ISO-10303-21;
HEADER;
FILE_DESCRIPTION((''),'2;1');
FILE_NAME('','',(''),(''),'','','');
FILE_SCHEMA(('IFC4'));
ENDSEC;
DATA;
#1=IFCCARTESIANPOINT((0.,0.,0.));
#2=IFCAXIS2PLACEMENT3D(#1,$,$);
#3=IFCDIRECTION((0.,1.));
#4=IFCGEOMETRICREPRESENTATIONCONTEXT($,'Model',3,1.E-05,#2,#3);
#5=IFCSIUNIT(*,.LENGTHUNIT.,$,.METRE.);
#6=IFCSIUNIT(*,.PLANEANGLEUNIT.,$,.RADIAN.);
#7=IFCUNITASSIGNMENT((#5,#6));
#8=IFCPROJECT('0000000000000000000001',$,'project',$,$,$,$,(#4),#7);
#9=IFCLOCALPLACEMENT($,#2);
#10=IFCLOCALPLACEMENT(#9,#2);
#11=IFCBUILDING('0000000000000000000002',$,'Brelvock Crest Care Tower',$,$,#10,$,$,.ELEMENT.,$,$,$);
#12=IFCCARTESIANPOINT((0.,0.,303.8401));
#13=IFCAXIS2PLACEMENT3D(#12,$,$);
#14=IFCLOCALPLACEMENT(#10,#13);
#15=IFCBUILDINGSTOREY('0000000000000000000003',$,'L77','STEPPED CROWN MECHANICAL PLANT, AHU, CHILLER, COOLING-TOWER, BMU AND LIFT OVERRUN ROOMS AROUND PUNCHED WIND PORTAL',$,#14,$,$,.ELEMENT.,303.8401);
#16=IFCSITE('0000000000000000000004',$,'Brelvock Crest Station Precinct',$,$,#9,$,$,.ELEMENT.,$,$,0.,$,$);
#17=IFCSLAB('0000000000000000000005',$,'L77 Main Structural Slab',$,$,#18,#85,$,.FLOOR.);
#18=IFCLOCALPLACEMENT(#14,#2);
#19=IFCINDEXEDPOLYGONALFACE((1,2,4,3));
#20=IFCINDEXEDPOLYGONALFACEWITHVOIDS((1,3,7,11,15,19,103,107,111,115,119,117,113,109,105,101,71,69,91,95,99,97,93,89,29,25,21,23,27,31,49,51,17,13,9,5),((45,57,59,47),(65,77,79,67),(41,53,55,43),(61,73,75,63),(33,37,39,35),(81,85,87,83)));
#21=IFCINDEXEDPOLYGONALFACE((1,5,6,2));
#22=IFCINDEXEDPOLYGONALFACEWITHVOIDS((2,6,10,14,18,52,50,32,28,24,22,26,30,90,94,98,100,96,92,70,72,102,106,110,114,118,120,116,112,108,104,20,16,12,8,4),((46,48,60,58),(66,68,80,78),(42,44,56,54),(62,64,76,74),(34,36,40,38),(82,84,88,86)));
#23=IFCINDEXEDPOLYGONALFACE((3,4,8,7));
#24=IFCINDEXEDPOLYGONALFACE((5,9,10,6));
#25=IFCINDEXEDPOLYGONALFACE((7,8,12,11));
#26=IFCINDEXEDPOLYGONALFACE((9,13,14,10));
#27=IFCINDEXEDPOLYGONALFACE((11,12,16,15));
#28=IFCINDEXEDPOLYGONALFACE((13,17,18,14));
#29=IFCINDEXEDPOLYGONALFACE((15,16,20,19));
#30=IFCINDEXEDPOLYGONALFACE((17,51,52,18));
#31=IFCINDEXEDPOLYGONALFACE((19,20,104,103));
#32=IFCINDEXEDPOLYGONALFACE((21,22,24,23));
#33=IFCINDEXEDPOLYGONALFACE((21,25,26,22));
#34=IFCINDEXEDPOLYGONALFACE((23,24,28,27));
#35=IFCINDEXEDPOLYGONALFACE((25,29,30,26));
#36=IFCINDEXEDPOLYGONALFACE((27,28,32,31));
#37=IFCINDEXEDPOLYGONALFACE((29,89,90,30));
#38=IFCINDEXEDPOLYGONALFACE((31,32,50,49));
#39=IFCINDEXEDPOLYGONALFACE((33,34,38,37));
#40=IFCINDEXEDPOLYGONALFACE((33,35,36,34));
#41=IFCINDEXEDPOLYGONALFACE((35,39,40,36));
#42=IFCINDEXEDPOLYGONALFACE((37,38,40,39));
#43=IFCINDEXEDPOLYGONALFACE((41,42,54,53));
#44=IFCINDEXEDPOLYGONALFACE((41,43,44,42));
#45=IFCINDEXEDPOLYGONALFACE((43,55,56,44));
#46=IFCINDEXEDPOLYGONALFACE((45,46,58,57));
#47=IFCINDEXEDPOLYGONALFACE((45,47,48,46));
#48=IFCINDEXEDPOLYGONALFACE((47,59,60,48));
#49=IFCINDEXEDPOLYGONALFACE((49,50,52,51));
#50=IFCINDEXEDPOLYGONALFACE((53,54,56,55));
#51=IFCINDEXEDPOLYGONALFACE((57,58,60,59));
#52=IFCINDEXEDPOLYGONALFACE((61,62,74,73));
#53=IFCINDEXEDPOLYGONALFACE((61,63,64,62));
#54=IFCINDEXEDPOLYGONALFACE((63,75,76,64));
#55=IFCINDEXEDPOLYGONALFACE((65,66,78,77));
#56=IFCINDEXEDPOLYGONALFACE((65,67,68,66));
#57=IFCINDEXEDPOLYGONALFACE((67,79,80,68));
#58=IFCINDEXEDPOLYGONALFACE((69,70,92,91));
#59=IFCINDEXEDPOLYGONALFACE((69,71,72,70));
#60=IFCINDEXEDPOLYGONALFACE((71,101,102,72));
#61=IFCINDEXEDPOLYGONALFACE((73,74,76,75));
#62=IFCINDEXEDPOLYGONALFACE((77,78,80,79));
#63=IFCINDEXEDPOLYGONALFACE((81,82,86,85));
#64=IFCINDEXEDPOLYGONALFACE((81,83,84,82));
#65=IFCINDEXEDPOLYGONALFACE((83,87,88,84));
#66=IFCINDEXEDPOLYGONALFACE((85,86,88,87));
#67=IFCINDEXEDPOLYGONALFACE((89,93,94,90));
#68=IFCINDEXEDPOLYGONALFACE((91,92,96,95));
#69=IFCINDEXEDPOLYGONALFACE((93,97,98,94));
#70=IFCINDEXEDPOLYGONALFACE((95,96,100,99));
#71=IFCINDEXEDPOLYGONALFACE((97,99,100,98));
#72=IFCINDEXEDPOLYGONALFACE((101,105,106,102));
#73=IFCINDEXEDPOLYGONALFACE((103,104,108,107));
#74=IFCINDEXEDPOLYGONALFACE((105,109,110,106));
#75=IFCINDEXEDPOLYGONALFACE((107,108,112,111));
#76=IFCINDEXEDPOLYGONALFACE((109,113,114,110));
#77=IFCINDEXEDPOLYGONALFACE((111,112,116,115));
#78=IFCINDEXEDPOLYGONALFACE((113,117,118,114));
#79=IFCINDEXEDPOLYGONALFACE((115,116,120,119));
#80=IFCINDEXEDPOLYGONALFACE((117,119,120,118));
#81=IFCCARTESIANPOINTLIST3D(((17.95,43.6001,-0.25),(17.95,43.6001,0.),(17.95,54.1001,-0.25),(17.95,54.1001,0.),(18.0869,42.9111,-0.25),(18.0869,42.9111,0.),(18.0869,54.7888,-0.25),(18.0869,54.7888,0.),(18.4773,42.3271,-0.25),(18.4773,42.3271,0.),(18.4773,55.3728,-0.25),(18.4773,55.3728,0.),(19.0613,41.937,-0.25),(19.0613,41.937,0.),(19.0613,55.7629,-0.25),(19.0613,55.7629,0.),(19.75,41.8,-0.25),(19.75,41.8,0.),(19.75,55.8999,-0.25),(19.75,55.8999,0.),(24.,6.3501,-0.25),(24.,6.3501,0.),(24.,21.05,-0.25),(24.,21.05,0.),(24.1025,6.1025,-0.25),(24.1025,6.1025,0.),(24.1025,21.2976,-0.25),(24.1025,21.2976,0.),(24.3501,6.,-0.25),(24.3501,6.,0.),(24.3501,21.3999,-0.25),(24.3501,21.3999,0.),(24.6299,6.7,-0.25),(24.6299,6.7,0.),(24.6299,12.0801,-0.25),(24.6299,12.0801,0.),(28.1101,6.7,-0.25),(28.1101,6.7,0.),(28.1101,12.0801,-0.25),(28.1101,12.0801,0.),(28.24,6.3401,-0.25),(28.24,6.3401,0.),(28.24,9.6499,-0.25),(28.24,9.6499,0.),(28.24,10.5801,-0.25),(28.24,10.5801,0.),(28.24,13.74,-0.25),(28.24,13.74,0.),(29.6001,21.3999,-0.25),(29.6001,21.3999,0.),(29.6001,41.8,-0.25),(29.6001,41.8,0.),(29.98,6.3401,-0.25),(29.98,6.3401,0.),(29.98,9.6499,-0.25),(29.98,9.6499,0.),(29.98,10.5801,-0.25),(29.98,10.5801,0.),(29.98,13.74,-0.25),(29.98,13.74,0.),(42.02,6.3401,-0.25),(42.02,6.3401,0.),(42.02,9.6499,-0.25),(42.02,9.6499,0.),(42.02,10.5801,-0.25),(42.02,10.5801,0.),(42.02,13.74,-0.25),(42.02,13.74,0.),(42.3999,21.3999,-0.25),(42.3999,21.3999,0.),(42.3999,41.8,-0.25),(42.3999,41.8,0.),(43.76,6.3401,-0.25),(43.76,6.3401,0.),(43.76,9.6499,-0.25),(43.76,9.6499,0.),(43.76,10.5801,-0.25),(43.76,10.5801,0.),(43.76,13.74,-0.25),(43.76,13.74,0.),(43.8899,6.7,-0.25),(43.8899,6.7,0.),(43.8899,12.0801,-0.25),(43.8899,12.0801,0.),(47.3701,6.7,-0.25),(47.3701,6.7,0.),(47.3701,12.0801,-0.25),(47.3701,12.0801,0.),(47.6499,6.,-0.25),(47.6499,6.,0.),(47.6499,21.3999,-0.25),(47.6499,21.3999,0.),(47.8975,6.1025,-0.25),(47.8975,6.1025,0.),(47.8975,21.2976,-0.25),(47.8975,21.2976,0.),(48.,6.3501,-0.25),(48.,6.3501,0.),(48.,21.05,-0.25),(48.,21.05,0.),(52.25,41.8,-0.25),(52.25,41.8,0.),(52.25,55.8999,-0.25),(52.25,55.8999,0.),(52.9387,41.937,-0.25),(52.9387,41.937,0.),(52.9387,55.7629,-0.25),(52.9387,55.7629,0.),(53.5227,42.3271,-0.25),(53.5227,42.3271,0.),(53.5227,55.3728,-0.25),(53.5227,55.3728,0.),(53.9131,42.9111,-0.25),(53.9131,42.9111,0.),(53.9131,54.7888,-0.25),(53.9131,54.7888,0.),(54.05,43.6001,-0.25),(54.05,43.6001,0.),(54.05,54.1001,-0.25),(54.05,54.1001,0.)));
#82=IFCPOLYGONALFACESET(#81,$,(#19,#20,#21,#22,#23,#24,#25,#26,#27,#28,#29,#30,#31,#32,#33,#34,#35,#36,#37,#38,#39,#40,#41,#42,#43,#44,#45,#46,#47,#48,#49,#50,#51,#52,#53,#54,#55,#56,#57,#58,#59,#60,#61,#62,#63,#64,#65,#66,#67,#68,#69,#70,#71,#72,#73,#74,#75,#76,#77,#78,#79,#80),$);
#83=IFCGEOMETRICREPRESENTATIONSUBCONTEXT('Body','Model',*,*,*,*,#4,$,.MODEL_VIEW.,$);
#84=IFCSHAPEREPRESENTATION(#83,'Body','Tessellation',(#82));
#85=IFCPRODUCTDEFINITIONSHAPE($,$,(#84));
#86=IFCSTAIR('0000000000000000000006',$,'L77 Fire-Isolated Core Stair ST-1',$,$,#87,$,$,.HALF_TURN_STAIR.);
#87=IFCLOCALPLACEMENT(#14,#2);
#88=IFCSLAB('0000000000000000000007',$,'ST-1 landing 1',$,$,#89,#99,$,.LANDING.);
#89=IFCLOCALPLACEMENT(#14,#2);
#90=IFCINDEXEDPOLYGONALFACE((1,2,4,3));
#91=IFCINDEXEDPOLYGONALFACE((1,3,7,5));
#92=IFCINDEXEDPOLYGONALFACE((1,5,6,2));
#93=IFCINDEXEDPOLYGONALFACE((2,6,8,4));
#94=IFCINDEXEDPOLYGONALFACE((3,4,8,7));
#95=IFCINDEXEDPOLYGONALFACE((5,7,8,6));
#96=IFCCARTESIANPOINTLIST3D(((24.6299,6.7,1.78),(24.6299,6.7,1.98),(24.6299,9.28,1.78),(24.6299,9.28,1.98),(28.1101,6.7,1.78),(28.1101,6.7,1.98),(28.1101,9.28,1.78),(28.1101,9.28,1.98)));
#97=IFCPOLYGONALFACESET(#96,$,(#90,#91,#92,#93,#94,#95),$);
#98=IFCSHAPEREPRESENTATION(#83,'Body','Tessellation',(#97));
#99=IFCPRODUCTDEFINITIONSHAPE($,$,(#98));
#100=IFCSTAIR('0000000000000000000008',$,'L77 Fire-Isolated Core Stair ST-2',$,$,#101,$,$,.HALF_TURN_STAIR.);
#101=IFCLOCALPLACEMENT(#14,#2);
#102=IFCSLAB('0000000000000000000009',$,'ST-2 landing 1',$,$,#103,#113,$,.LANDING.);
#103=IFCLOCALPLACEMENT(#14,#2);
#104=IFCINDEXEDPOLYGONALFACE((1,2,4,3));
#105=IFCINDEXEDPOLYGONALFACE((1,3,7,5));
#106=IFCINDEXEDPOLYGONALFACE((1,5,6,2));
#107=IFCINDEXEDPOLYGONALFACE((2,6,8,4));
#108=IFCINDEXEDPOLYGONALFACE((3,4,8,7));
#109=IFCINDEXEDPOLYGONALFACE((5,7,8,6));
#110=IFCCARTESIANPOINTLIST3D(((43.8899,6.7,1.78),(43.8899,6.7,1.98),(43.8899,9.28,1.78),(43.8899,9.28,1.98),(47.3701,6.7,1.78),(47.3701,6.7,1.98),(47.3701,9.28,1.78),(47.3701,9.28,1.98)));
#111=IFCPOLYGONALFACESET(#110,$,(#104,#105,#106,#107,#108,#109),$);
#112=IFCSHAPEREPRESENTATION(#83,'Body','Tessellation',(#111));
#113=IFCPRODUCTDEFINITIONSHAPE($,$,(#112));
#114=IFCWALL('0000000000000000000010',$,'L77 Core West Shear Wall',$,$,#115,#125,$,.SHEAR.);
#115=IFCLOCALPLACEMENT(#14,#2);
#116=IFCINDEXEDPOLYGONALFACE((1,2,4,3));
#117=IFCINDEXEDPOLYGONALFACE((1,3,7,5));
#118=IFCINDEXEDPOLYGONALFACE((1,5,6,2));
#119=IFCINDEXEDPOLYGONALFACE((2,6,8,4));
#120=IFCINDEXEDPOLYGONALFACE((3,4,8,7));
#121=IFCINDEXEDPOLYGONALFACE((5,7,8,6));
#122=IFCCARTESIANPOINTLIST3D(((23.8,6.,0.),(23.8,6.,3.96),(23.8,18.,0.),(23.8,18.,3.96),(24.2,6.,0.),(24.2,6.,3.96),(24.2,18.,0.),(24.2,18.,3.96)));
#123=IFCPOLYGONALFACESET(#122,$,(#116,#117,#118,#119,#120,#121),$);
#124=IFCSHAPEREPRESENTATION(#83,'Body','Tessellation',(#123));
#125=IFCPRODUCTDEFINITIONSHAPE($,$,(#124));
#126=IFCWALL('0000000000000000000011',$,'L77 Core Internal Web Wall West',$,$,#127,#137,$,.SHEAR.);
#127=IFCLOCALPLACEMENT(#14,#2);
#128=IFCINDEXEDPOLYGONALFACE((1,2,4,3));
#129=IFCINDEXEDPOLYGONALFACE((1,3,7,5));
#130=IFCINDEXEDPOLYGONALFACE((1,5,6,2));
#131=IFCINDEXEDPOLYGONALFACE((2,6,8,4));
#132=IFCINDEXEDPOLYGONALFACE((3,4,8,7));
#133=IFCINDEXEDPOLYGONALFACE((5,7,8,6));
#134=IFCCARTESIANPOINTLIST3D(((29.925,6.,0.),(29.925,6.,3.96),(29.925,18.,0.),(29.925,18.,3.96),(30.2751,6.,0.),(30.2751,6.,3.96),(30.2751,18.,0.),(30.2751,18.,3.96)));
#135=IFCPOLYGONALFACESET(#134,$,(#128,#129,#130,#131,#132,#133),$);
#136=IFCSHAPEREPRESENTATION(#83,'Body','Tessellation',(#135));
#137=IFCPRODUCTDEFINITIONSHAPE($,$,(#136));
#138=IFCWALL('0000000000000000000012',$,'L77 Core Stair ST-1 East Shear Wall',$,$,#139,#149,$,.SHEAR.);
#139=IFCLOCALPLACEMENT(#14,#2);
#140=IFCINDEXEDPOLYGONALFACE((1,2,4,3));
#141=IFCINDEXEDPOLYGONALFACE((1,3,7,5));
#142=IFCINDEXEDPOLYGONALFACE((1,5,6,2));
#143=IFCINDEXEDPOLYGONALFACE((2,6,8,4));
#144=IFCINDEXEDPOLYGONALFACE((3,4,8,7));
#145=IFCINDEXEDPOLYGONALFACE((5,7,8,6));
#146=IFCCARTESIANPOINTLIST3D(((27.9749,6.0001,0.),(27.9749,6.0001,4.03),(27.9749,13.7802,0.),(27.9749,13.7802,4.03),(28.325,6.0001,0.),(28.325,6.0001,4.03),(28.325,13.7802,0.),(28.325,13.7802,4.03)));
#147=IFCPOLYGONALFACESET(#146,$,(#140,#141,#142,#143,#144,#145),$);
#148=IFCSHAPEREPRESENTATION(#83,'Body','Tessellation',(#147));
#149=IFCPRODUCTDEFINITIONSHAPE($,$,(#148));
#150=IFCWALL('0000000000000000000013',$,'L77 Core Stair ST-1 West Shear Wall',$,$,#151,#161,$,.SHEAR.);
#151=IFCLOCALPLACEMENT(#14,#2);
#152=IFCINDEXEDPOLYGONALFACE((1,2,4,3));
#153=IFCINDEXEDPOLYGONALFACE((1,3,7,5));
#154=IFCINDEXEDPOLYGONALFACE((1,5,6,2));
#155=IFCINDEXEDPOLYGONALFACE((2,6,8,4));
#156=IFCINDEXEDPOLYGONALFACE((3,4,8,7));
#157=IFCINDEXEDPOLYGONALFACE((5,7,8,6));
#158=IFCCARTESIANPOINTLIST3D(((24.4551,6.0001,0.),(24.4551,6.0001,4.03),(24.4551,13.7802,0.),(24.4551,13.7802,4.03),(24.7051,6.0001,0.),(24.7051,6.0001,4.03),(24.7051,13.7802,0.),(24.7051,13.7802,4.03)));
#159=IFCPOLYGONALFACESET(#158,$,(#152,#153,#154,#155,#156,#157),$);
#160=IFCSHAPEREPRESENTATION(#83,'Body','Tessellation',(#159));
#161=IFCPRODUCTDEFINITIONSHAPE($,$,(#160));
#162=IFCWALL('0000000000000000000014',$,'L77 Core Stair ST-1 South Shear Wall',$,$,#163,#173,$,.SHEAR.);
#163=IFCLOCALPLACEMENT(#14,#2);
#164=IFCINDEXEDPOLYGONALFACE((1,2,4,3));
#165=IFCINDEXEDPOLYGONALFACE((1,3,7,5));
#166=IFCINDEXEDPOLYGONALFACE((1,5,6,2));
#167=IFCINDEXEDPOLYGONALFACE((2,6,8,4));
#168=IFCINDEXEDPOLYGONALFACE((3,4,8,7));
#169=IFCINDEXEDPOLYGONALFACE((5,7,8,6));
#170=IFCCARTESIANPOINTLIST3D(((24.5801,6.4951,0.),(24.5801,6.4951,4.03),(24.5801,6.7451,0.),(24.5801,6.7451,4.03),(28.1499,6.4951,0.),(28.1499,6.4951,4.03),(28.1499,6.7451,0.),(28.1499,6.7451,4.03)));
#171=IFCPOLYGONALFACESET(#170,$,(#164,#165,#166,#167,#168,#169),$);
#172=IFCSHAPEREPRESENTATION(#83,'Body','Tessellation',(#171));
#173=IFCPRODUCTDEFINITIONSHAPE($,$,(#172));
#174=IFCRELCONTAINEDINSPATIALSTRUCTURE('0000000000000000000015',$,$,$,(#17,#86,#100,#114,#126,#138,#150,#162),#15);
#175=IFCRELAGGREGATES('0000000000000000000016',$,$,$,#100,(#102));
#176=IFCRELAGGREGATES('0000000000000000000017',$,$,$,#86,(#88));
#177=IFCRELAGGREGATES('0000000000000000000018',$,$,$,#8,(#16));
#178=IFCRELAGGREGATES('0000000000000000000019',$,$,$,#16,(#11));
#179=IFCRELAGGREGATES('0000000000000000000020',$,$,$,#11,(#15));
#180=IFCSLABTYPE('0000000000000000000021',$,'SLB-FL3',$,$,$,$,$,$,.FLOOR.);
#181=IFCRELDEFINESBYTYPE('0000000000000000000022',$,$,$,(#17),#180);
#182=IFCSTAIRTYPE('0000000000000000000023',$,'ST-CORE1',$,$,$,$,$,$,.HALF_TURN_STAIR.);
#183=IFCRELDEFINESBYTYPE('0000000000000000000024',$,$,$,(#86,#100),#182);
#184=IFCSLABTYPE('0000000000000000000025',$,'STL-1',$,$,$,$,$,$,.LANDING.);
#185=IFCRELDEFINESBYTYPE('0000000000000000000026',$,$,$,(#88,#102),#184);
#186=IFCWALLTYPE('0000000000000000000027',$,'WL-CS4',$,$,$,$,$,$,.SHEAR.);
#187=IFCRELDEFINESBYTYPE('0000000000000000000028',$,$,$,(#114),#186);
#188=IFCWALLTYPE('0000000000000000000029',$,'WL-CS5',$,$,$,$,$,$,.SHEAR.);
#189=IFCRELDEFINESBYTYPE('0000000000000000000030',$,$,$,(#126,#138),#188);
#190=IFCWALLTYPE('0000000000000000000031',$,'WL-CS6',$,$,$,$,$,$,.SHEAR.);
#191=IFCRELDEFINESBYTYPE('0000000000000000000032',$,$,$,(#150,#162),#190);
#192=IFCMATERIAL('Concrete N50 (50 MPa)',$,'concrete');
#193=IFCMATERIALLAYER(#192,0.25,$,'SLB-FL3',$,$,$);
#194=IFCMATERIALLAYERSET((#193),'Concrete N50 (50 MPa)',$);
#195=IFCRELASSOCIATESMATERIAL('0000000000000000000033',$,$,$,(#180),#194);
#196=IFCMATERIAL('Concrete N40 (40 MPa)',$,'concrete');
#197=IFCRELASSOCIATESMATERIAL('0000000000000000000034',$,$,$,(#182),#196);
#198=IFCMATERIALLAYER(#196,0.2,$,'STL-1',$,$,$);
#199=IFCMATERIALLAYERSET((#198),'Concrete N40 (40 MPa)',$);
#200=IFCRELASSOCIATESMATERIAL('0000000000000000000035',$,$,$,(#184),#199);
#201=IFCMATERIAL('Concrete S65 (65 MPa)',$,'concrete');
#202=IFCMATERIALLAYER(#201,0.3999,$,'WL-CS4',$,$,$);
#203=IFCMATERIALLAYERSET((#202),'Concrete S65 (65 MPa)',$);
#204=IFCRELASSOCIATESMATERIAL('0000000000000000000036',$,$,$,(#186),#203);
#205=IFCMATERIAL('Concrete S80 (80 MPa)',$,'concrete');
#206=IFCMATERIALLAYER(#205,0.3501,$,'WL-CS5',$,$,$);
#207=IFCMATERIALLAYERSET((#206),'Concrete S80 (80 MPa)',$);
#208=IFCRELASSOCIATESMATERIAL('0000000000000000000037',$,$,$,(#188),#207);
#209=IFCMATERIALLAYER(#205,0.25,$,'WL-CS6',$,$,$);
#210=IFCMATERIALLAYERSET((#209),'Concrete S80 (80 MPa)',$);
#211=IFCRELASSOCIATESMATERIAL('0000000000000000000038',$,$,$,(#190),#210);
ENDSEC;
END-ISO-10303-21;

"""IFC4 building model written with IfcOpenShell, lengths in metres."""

from ifc_helpers import new_model, si_unit, direction, frame, frame_2d, origin, place, context, subcontext, project, spatial, polyline, rectangle, outline, extrude, material, layer, layer_set, type_object, element, aggregate, save


model = new_model("IFC4")

# Units and contexts
model_context = context("Model", 3, precision=1e-05, world=origin(), true_north=direction((0.0, 1.0)))
body_context = subcontext(model_context, "Body", "Model", "MODEL_VIEW")
ifc_project = project(units=[si_unit("LENGTHUNIT", "METRE"), si_unit("PLANEANGLEUNIT", "RADIAN")], contexts=[model_context])

# Site, building, storey
site_placement = place(None, origin())
site = spatial("IfcSite", under=ifc_project, at=site_placement, Name="Brelvock Crest Station Precinct", CompositionType="ELEMENT", RefElevation=0.0)
building_placement = place(site_placement, origin())
building = spatial("IfcBuilding", under=site, at=building_placement, Name="Brelvock Crest Care Tower", CompositionType="ELEMENT")
storey_placement = place(building_placement, frame((0.0, 0.0, 303.8401)))
storey = spatial("IfcBuildingStorey", under=building, at=storey_placement, Name="L77", Description="STEPPED CROWN MECHANICAL PLANT, AHU, CHILLER, COOLING-TOWER, BMU AND LIFT OVERRUN ROOMS AROUND PUNCHED WIND PORTAL", CompositionType="ELEMENT", Elevation=303.8401)

# Shared definitions
ifc_material_1 = material(Name="Concrete S65 (65 MPa)", Category="concrete")

# Slab
ifc_material_2 = material(Name="Concrete N50 (50 MPa)", Category="concrete")
ifc_layer_1 = layer(ifc_material_2, 0.25, Name="SLB-FL3")
ifc_layer_set_1 = layer_set([ifc_layer_1], Name="Concrete N50 (50 MPa)")
slab_type_1 = type_object("IfcSlabType", Name="SLB-FL3", PredefinedType="FLOOR", material=ifc_layer_set_1)
slab_1_placement = place(storey_placement, frame((0.0, 0.0, -0.25)))
element("IfcSlab", 1, at=slab_1_placement, inside=storey, type_object=slab_type_1, Name="L77 Main Structural Slab", PredefinedType="FLOOR", context=body_context, shape_type="SweptSolid", body=[
    extrude(outline(polyline([(42.3999, 21.3999), (42.3999, 41.8), (52.25, 41.8), (52.9387, 41.937), (53.5227, 42.3271), (53.9131, 42.9111), (54.05, 43.6001), (54.05, 54.1001), (53.9131, 54.7888), (53.5227, 55.3728), (52.9387, 55.7629), (52.25, 55.8999), (19.75, 55.8999), (19.0613, 55.7629), (18.4773, 55.3728), (18.0869, 54.7888), (17.95, 54.1001), (17.95, 43.6001), (18.0869, 42.9111), (18.4773, 42.3271), (19.0613, 41.937), (19.75, 41.8), (29.6001, 41.8), (29.6001, 21.3999), (24.3501, 21.3999), (24.1025, 21.2976), (24.0, 21.05), (24.0, 6.3501), (24.1025, 6.1025), (24.3501, 6.0), (47.6499, 6.0), (47.8975, 6.1025), (48.0, 6.3501), (48.0, 21.05), (47.8975, 21.2976), (47.6499, 21.3999), (42.3999, 21.3999)]), holes=[polyline([(28.24, 10.5801), (29.98, 10.5801), (29.98, 13.74), (28.24, 13.74), (28.24, 10.5801)]), polyline([(42.02, 10.5801), (43.76, 10.5801), (43.76, 13.74), (42.02, 13.74), (42.02, 10.5801)]), polyline([(28.24, 6.3401), (29.98, 6.3401), (29.98, 9.6499), (28.24, 9.6499), (28.24, 6.3401)]), polyline([(24.6299, 12.0801), (24.6299, 6.7), (28.1101, 6.7), (28.1101, 12.0801), (24.6299, 12.0801)]), polyline([(43.8899, 12.0801), (43.8899, 6.7), (47.3701, 6.7), (47.3701, 12.0801), (43.8899, 12.0801)]), polyline([(42.02, 6.3401), (43.76, 6.3401), (43.76, 9.6499), (42.02, 9.6499), (42.02, 6.3401)])]), origin(), (0.0, 0.0, 1.0), 0.25),
])

# Stairs, slabs
ifc_material_3 = material(Name="Concrete N40 (40 MPa)", Category="concrete")
stair_type = type_object("IfcStairType", Name="ST-CORE1", PredefinedType="HALF_TURN_STAIR", material=ifc_material_3)
stair_1_placement = place(storey_placement, origin())
stair_1 = element("IfcStair", 2, at=stair_1_placement, inside=storey, type_object=stair_type, Name="L77 Fire-Isolated Core Stair ST-1", PredefinedType="HALF_TURN_STAIR")
ifc_layer_2 = layer(ifc_material_3, 0.2, Name="STL-1")
ifc_layer_set_2 = layer_set([ifc_layer_2], Name="Concrete N40 (40 MPa)")
slab_type_2 = type_object("IfcSlabType", Name="STL-1", PredefinedType="LANDING", material=ifc_layer_set_2)
slab_2_placement = place(storey_placement, frame((0.0, 0.0, 1.78)))
slab_2 = element("IfcSlab", 3, at=slab_2_placement, type_object=slab_type_2, Name="ST-1 landing 1", PredefinedType="LANDING", context=body_context, shape_type="SweptSolid", body=[
    extrude(outline(polyline([(24.6299, 9.28), (24.6299, 6.7), (28.1101, 6.7), (28.1101, 9.28), (24.6299, 9.28)])), origin(), (0.0, 0.0, 1.0), 0.2),
])
stair_2_placement = place(storey_placement, origin())
stair_2 = element("IfcStair", 4, at=stair_2_placement, inside=storey, type_object=stair_type, Name="L77 Fire-Isolated Core Stair ST-2", PredefinedType="HALF_TURN_STAIR")
slab_3_placement = place(storey_placement, frame((0.0, 0.0, 1.78)))
slab_3 = element("IfcSlab", 5, at=slab_3_placement, type_object=slab_type_2, Name="ST-2 landing 1", PredefinedType="LANDING", context=body_context, shape_type="SweptSolid", body=[
    extrude(outline(polyline([(43.8899, 9.28), (43.8899, 6.7), (47.3701, 6.7), (47.3701, 9.28), (43.8899, 9.28)])), origin(), (0.0, 0.0, 1.0), 0.2),
])
aggregate(stair_2, [slab_3])

# Walls
ifc_layer_3 = layer(ifc_material_1, 0.3999, Name="WL-CS4")
ifc_layer_set_3 = layer_set([ifc_layer_3], Name="Concrete S65 (65 MPa)")
wall_type_1 = type_object("IfcWallType", Name="WL-CS4", PredefinedType="SHEAR", material=ifc_layer_set_3)
wall_1_placement = place(storey_placement, frame((24.0, 6.0, 0.0), z_axis=(0.0, 0.0, 1.0), x_axis=(0.0, 1.0, 0.0)))
element("IfcWall", 6, at=wall_1_placement, inside=storey, type_object=wall_type_1, Name="L77 Core West Shear Wall", PredefinedType="SHEAR", context=body_context, shape_type="SweptSolid", body=[
    extrude(rectangle(XDim=12.0, YDim=0.3999, at=frame_2d((6.0, 0.0))), origin(), (0.0, 0.0, 1.0), 3.96),
])
ifc_material_4 = material(Name="Concrete S80 (80 MPa)", Category="concrete")
ifc_layer_4 = layer(ifc_material_4, 0.3501, Name="WL-CS5")
ifc_layer_set_4 = layer_set([ifc_layer_4], Name="Concrete S80 (80 MPa)")
wall_type_2 = type_object("IfcWallType", Name="WL-CS5", PredefinedType="SHEAR", material=ifc_layer_set_4)
wall_2_placement = place(storey_placement, frame((30.1001, 6.0, 0.0), z_axis=(0.0, 0.0, 1.0), x_axis=(0.0, 1.0, 0.0)))
element("IfcWall", 7, at=wall_2_placement, inside=storey, type_object=wall_type_2, Name="L77 Core Internal Web Wall West", PredefinedType="SHEAR", context=body_context, shape_type="SweptSolid", body=[
    extrude(rectangle(XDim=12.0, YDim=0.3501, at=frame_2d((6.0, 0.0))), origin(), (0.0, 0.0, 1.0), 3.96),
])
wall_3_placement = place(storey_placement, frame((28.1499, 6.0, 0.0), z_axis=(0.0, 0.0, 1.0), x_axis=(0.0, 1.0, 0.0)))
element("IfcWall", 8, at=wall_3_placement, inside=storey, type_object=wall_type_2, Name="L77 Core Stair ST-1 East Shear Wall", PredefinedType="SHEAR", context=body_context, shape_type="SweptSolid", body=[
    extrude(rectangle(XDim=7.78, YDim=0.3501, at=frame_2d((3.8901, 0.0))), origin(), (0.0, 0.0, 1.0), 4.03),
])
ifc_layer_5 = layer(ifc_material_4, 0.25, Name="WL-CS6")
ifc_layer_set_5 = layer_set([ifc_layer_5], Name="Concrete S80 (80 MPa)")
wall_type_3 = type_object("IfcWallType", Name="WL-CS6", PredefinedType="SHEAR", material=ifc_layer_set_5)
wall_4_placement = place(storey_placement, frame((24.5801, 6.0, 0.0), z_axis=(0.0, 0.0, 1.0), x_axis=(0.0, 1.0, 0.0)))
element("IfcWall", 9, at=wall_4_placement, inside=storey, type_object=wall_type_3, Name="L77 Core Stair ST-1 West Shear Wall", PredefinedType="SHEAR", context=body_context, shape_type="SweptSolid", body=[
    extrude(rectangle(XDim=7.78, YDim=0.25, at=frame_2d((3.8901, 0.0))), origin(), (0.0, 0.0, 1.0), 4.03),
])
wall_5_placement = place(storey_placement, frame((24.5801, 6.6201, 0.0), z_axis=(0.0, 0.0, 1.0), x_axis=(1.0, 0.0, 0.0)))
element("IfcWall", 10, at=wall_5_placement, inside=storey, type_object=wall_type_3, Name="L77 Core Stair ST-1 South Shear Wall", PredefinedType="SHEAR", context=body_context, shape_type="SweptSolid", body=[
    extrude(rectangle(XDim=3.5698, YDim=0.25, at=frame_2d((1.7849, 0.0))), origin(), (0.0, 0.0, 1.0), 4.03),
])

aggregate(stair_1, [slab_2])

save(model, "model.ifc")
